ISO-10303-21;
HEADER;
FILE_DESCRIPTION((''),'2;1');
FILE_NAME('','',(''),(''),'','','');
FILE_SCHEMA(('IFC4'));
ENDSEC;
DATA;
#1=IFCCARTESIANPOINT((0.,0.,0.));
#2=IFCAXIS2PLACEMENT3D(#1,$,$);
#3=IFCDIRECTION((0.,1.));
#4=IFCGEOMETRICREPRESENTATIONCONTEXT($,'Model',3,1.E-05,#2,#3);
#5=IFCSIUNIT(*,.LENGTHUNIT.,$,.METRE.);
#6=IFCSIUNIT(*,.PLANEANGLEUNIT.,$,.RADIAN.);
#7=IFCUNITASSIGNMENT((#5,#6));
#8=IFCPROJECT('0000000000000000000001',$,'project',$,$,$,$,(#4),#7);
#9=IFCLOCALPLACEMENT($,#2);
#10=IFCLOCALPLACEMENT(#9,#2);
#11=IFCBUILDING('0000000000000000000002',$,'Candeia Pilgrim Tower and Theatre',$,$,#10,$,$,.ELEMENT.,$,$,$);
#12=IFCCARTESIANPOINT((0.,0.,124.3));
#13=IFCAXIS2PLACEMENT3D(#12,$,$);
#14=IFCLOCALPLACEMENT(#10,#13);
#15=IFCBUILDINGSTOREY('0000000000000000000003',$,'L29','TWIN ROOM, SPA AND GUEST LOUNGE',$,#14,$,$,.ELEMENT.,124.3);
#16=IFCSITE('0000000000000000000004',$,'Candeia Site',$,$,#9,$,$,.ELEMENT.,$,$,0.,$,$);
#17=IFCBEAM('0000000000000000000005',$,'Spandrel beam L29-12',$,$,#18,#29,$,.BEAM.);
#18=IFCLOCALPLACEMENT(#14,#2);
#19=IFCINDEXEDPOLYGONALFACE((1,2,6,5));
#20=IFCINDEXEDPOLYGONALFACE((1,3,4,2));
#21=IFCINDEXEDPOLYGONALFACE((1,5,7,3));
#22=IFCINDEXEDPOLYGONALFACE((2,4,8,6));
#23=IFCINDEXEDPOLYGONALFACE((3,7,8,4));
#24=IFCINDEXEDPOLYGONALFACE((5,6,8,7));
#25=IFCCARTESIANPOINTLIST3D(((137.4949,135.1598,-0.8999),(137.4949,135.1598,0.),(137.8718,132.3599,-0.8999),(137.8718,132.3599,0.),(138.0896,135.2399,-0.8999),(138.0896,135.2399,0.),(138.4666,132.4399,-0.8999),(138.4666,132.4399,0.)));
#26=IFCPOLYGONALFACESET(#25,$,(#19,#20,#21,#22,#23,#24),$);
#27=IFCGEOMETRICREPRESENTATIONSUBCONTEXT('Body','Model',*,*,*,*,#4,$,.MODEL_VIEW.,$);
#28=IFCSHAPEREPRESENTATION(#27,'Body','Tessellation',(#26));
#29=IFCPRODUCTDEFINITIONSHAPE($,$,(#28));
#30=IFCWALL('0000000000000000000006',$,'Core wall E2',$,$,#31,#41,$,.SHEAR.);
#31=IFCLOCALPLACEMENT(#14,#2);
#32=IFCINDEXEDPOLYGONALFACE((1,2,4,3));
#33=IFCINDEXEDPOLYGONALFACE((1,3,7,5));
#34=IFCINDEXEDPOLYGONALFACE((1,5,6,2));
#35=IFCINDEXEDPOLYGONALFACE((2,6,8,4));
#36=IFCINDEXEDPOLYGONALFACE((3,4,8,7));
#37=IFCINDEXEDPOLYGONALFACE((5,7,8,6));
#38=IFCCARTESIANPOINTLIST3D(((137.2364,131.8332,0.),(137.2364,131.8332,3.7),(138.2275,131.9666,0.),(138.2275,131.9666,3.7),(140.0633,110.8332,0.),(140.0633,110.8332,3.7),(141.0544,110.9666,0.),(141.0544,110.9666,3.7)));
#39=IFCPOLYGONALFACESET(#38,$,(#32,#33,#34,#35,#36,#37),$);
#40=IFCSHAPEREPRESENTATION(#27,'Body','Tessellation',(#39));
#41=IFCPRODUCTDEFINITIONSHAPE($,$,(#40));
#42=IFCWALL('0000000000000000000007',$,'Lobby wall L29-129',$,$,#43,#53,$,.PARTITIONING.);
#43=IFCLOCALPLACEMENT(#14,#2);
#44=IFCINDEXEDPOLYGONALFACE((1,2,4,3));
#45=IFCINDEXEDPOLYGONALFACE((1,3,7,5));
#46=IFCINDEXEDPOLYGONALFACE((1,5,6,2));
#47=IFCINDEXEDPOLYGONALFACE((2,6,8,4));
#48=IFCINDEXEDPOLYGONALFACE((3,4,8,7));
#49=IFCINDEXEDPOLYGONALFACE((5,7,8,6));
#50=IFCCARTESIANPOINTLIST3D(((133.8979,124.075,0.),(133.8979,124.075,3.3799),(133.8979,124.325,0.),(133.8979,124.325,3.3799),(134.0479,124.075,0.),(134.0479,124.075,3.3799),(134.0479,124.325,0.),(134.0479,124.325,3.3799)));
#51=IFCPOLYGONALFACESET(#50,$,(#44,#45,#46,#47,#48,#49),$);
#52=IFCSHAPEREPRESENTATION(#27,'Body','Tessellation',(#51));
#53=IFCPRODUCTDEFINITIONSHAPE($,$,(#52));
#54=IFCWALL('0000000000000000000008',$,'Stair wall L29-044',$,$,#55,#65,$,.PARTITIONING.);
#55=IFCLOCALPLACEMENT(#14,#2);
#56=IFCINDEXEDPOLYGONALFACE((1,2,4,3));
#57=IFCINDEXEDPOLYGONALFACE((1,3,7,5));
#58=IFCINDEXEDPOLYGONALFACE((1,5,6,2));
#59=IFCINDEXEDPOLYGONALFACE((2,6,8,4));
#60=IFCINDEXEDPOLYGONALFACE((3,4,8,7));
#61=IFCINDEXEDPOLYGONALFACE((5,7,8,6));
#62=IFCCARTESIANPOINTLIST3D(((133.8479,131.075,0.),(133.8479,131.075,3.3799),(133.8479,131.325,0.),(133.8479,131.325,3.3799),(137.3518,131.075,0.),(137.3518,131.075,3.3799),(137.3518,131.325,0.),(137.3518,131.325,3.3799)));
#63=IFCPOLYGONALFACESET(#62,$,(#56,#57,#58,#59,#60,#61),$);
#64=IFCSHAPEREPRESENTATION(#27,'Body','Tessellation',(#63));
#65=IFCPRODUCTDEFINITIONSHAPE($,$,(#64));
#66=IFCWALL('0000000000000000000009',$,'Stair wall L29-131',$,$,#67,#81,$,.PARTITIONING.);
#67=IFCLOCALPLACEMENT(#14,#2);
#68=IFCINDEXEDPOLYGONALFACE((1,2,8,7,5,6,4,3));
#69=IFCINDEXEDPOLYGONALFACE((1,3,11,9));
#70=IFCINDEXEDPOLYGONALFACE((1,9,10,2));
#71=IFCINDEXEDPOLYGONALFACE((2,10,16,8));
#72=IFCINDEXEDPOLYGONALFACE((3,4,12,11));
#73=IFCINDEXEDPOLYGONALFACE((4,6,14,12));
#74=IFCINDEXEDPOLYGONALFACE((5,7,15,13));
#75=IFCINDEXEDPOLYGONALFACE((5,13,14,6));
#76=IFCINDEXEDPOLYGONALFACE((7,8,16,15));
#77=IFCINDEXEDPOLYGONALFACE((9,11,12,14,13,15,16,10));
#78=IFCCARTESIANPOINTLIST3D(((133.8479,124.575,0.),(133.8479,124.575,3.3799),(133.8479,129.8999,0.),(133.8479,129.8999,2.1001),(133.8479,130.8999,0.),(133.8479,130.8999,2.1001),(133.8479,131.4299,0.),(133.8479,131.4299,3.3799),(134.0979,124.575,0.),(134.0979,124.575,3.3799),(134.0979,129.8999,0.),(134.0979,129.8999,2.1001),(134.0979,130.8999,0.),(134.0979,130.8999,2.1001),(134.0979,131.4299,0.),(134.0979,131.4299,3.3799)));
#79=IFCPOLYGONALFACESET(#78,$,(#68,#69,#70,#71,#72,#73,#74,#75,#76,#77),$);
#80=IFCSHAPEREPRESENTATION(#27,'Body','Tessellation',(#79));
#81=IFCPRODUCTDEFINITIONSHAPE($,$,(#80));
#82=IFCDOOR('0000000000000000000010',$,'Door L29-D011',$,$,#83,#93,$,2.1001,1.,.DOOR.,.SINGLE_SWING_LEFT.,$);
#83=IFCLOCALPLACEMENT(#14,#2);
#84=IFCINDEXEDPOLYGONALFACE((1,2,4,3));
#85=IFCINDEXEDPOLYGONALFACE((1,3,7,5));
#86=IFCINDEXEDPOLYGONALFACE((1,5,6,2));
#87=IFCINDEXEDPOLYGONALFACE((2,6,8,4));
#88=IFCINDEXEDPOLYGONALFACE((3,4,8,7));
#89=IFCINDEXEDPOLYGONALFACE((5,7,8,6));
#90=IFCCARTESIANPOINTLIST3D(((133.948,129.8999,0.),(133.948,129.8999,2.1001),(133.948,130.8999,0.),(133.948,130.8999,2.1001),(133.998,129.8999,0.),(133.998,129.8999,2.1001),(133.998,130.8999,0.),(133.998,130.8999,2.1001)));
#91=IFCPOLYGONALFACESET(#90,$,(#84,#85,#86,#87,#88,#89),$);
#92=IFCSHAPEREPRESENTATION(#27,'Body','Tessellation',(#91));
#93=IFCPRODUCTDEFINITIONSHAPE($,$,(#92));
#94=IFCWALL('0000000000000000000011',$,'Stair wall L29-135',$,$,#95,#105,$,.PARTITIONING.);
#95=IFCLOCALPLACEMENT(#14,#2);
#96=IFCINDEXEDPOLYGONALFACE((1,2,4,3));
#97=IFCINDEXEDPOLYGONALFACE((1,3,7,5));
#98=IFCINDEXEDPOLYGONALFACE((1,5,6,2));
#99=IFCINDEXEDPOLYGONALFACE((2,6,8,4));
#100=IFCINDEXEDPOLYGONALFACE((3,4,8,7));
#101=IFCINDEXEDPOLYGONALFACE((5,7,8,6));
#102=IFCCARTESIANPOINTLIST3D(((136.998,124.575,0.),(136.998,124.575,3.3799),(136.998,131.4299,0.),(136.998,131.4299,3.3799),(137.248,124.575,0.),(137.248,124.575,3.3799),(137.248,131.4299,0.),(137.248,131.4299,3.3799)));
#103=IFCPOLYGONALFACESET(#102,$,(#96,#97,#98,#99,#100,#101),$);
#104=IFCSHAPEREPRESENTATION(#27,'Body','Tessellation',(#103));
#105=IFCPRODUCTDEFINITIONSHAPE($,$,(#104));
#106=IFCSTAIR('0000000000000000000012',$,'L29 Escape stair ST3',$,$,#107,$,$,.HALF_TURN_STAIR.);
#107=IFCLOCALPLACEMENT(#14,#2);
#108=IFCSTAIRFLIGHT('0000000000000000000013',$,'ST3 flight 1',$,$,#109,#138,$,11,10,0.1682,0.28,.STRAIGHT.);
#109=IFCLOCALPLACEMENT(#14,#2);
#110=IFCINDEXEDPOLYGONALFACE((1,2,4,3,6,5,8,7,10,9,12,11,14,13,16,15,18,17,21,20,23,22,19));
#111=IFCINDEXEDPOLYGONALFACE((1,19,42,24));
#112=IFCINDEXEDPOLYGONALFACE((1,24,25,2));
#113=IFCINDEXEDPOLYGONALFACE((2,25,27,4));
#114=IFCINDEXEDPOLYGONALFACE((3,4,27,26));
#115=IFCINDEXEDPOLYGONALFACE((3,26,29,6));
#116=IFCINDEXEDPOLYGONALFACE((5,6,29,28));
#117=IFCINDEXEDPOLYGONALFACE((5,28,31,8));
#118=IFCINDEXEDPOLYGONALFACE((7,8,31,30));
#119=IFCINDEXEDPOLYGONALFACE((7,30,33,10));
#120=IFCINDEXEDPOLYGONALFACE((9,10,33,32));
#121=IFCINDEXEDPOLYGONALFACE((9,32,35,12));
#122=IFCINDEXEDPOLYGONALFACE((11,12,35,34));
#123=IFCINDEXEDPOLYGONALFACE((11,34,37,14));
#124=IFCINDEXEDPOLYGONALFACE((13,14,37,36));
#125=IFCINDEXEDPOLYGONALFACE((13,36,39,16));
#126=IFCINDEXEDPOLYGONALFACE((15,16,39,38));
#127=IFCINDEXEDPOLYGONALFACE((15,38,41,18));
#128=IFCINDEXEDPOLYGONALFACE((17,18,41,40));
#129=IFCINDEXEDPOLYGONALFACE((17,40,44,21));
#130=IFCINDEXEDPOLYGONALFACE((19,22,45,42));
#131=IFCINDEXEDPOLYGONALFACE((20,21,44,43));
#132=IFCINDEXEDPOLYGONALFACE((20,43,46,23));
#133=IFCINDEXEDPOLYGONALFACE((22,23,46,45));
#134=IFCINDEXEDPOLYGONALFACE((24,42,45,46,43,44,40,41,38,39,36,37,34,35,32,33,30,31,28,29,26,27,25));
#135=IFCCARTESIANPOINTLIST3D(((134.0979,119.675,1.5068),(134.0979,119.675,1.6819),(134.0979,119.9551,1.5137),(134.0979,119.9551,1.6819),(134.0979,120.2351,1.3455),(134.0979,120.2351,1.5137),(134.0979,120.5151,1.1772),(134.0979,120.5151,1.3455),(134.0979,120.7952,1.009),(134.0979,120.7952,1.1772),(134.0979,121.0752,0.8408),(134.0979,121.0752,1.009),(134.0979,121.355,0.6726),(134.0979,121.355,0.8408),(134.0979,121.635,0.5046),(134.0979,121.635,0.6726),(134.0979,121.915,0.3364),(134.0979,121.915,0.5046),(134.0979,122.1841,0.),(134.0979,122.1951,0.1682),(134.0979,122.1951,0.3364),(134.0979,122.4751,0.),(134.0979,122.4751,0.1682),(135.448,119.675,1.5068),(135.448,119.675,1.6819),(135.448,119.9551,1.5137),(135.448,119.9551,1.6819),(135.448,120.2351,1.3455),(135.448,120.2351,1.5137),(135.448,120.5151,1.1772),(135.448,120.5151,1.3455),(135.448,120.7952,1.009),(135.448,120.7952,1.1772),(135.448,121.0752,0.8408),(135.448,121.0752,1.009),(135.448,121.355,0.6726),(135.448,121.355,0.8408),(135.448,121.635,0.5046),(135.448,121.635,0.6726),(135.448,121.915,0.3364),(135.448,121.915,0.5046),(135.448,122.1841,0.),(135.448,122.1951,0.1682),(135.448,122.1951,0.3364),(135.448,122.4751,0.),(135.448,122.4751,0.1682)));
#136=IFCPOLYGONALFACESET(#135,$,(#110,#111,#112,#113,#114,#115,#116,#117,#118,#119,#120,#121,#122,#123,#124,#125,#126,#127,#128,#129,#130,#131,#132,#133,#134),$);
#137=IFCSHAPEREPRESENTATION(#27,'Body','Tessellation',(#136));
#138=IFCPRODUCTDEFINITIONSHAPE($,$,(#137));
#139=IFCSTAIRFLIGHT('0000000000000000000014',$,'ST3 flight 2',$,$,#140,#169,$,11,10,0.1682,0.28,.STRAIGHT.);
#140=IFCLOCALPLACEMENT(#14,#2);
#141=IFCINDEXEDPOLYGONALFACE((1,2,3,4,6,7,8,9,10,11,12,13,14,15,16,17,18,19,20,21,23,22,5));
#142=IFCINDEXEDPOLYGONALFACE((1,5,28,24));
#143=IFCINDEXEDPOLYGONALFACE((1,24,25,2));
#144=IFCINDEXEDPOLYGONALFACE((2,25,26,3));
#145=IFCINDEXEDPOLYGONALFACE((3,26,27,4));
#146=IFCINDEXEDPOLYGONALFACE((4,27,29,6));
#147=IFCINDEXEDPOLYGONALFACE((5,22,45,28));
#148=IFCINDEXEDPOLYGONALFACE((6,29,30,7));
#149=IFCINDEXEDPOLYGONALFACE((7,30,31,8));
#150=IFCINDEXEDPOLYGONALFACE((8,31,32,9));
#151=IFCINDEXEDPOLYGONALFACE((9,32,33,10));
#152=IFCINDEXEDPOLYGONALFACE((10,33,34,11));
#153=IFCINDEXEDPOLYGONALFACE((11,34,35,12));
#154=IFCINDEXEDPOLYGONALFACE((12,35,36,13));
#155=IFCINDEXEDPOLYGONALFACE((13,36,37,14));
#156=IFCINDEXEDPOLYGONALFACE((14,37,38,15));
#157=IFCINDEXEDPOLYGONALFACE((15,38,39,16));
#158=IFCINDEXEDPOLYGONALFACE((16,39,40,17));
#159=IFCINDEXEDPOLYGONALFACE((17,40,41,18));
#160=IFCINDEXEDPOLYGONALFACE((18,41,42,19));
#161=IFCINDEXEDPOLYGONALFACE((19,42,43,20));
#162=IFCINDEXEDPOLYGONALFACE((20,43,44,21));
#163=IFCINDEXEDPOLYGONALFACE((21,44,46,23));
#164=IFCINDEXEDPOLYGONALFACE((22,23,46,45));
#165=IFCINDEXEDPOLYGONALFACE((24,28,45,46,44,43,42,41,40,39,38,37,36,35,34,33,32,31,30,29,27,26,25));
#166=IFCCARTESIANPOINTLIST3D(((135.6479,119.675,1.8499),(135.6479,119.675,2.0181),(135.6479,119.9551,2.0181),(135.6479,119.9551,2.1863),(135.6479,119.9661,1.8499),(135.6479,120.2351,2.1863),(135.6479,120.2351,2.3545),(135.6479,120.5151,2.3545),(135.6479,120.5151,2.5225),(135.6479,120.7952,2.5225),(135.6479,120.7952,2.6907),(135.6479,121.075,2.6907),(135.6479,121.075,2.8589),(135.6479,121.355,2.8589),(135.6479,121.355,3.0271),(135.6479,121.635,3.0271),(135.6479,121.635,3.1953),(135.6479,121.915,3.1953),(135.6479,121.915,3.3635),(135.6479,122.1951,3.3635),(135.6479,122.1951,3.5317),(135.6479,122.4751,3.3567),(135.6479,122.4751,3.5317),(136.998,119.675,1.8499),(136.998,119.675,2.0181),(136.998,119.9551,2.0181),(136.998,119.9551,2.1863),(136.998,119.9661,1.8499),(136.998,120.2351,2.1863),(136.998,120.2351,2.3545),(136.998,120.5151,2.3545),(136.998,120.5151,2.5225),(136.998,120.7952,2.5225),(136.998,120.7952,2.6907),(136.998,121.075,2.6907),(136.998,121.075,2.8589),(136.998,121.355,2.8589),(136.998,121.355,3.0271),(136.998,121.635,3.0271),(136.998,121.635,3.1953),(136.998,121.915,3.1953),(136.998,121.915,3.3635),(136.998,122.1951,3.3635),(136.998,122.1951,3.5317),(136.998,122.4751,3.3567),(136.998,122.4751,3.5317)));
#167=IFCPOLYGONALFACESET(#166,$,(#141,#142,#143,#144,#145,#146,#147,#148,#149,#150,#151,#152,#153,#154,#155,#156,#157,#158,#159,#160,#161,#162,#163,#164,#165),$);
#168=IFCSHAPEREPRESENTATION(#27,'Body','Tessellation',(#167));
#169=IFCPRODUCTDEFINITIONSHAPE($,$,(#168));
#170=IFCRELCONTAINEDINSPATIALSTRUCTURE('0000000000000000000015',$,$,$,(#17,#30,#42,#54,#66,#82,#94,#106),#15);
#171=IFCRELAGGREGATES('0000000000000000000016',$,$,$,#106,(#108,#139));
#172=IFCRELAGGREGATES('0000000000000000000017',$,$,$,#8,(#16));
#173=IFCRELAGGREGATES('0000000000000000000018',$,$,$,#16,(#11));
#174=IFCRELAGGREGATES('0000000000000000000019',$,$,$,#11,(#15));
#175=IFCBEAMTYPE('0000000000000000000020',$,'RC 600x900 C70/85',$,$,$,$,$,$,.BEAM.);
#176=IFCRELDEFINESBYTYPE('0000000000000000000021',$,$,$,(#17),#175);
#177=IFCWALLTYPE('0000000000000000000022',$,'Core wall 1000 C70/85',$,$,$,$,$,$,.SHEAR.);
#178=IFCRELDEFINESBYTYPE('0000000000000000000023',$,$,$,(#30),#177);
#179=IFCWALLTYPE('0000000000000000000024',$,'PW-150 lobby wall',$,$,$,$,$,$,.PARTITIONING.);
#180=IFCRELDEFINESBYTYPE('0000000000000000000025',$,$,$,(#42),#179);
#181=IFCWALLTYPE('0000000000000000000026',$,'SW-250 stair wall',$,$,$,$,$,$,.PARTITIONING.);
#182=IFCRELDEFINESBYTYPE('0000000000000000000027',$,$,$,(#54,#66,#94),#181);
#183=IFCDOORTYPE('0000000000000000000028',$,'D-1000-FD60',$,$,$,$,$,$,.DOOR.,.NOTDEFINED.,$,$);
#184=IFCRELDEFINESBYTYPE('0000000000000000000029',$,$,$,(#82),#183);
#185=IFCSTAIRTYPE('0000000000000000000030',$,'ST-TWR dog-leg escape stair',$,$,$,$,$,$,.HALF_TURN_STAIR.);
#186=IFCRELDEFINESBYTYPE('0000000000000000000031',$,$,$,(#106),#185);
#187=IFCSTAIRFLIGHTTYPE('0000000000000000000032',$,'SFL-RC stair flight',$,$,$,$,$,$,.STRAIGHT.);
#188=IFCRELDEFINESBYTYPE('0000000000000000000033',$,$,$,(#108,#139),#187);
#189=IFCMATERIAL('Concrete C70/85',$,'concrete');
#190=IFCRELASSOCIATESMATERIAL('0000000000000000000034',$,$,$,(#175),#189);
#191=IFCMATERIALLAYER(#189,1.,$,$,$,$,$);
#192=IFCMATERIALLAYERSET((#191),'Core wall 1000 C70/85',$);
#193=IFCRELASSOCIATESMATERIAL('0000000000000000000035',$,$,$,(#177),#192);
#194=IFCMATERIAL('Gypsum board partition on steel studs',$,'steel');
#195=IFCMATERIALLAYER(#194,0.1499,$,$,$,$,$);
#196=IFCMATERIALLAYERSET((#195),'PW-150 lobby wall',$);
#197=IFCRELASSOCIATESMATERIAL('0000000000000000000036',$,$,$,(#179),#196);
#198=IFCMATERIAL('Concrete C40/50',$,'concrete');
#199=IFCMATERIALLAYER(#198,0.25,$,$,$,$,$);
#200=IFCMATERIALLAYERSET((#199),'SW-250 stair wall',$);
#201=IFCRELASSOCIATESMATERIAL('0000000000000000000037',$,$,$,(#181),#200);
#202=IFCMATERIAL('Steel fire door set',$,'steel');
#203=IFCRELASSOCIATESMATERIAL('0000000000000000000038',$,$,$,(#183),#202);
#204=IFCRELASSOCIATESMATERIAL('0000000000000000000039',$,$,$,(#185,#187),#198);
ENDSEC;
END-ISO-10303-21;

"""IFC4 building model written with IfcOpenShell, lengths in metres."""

from ifc_helpers import new_model, si_unit, direction, frame, frame_2d, origin, origin_2d, place, context, subcontext, project, spatial, polyline, rectangle, outline, extrude, material, layer, layer_set, material_profile, profile_set, type_object, element, fill, aggregate, save


model = new_model("IFC4")

# Units and contexts
model_context = context("Model", 3, precision=1e-05, world=origin(), true_north=direction((0.0, 1.0)))
body_context = subcontext(model_context, "Body", "Model", "MODEL_VIEW")
ifc_project = project(units=[si_unit("LENGTHUNIT", "METRE"), si_unit("PLANEANGLEUNIT", "RADIAN")], contexts=[model_context])

# Site, building, storey
site_placement = place(None, origin())
site = spatial("IfcSite", under=ifc_project, at=site_placement, Name="Candeia Site", CompositionType="ELEMENT", RefElevation=0.0)
building_placement = place(site_placement, origin())
building = spatial("IfcBuilding", under=site, at=building_placement, Name="Candeia Pilgrim Tower and Theatre", CompositionType="ELEMENT")
storey_placement = place(building_placement, frame((0.0, 0.0, 124.3)))
storey = spatial("IfcBuildingStorey", under=building, at=storey_placement, Name="L29", Description="TWIN ROOM, SPA AND GUEST LOUNGE", CompositionType="ELEMENT", Elevation=124.3)

# Beam
ifc_material_1 = material(Name="Concrete C70/85", Category="concrete")
ifc_material_profile = material_profile(ifc_material_1, rectangle(XDim=0.6001, YDim=0.8999, at=origin_2d()))
ifc_profile_set = profile_set([ifc_material_profile], Name="Concrete C70/85")
beam_type = type_object("IfcBeamType", Name="RC 600x900 C70/85", PredefinedType="BEAM", material=ifc_profile_set)
beam_placement = place(storey_placement, frame((138.1692, 132.3999, -0.45), z_axis=(-0.13342, 0.99106, 0.0), x_axis=(-0.99106, -0.13342, 0.0)))
element("IfcBeam", 1, at=beam_placement, inside=storey, type_object=beam_type, Name="Spandrel beam L29-12", PredefinedType="BEAM", context=body_context, shape_type="SweptSolid", body=[
    extrude(rectangle(XDim=0.6001, YDim=0.8999, at=origin_2d()), origin(), (0.0, 0.0, 1.0), 2.8252),
])

# Wall
ifc_layer_1 = layer(ifc_material_1, 1.0)
ifc_layer_set_1 = layer_set([ifc_layer_1], Name="Core wall 1000 C70/85")
wall_type_1 = type_object("IfcWallType", Name="Core wall 1000 C70/85", PredefinedType="SHEAR", material=ifc_layer_set_1)
wall_1_placement = place(storey_placement, frame((137.7319, 131.8999, 0.0), z_axis=(0.0, 0.0, 1.0), x_axis=(0.133411, -0.991061, 0.0)))
element("IfcWall", 2, at=wall_1_placement, inside=storey, type_object=wall_type_1, Name="Core wall E2", PredefinedType="SHEAR", context=body_context, shape_type="SweptSolid", body=[
    extrude(rectangle(XDim=21.1895, YDim=1.0, at=frame_2d((10.5947, 0.0))), origin(), (0.0, 0.0, 1.0), 3.7),
])

# Walls
ifc_material_2 = material(Name="Gypsum board partition on steel studs", Category="steel")
ifc_layer_2 = layer(ifc_material_2, 0.1499)
ifc_layer_set_2 = layer_set([ifc_layer_2], Name="PW-150 lobby wall")
wall_type_2 = type_object("IfcWallType", Name="PW-150 lobby wall", PredefinedType="PARTITIONING", material=ifc_layer_set_2)
wall_2_placement = place(storey_placement, frame((133.9729, 124.075, 0.0), z_axis=(0.0, 0.0, 1.0), x_axis=(0.0, 1.0, 0.0)))
element("IfcWall", 3, at=wall_2_placement, inside=storey, type_object=wall_type_2, Name="Lobby wall L29-129", PredefinedType="PARTITIONING", context=body_context, shape_type="SweptSolid", body=[
    extrude(rectangle(XDim=0.25, YDim=0.1499, at=frame_2d((0.125, 0.0))), origin(), (0.0, 0.0, 1.0), 3.3799),
])
ifc_material_3 = material(Name="Concrete C40/50", Category="concrete")
ifc_layer_3 = layer(ifc_material_3, 0.25)
ifc_layer_set_3 = layer_set([ifc_layer_3], Name="SW-250 stair wall")
wall_type_3 = type_object("IfcWallType", Name="SW-250 stair wall", PredefinedType="PARTITIONING", material=ifc_layer_set_3)
wall_3_placement = place(storey_placement, frame((133.8479, 131.2, 0.0), z_axis=(0.0, 0.0, 1.0), x_axis=(1.0, 0.0, 0.0)))
element("IfcWall", 4, at=wall_3_placement, inside=storey, type_object=wall_type_3, Name="Stair wall L29-044", PredefinedType="PARTITIONING", context=body_context, shape_type="SweptSolid", body=[
    extrude(rectangle(XDim=3.5039, YDim=0.25, at=frame_2d((1.752, 0.0))), origin(), (0.0, 0.0, 1.0), 3.3799),
])

# Wall, opening, door
wall_4_placement = place(storey_placement, frame((133.9729, 124.575, 0.0), z_axis=(0.0, 0.0, 1.0), x_axis=(0.0, 1.0, 0.0)))
wall_4 = element("IfcWall", 5, at=wall_4_placement, inside=storey, type_object=wall_type_3, Name="Stair wall L29-131", PredefinedType="PARTITIONING", context=body_context, shape_type="SweptSolid", body=[
    extrude(rectangle(XDim=6.855, YDim=0.25, at=frame_2d((3.4275, 0.0))), origin(), (0.0, 0.0, 1.0), 3.3799),
])
opening_1_placement = place(wall_4_placement, frame((5.325, 0.0, 0.0)))
opening_1 = element("IfcOpeningElement", 6, at=opening_1_placement, cuts=wall_4, PredefinedType="OPENING", context=body_context, shape_type="SweptSolid", body=[
    extrude(rectangle(XDim=1.0, YDim=2.1001, at=frame_2d((0.5, 1.05))), frame((0.0, 0.135, 0.0), z_axis=(0.0, -1.0, 0.0), x_axis=(1.0, 0.0, 0.0)), (0.0, 0.0, 1.0), 0.27),
])
ifc_material_4 = material(Name="Steel fire door set", Category="steel")
door_type_1 = type_object("IfcDoorType", Name="D-1000-FD60", OperationType="NOTDEFINED", PredefinedType="DOOR", material=ifc_material_4)
door_1_placement = place(opening_1_placement, origin())
door_1 = element("IfcDoor", 7, at=door_1_placement, inside=storey, type_object=door_type_1, Name="Door L29-D011", OperationType="SINGLE_SWING_LEFT", OverallHeight=2.1001, OverallWidth=1.0, PredefinedType="DOOR", context=body_context, shape_type="SweptSolid", body=[
    extrude(rectangle(XDim=1.0, YDim=2.1001, at=frame_2d((0.5, 1.05))), frame((0.0, 0.0249, 0.0), z_axis=(0.0, -1.0, 0.0), x_axis=(1.0, 0.0, 0.0)), (0.0, 0.0, 1.0), 0.05),
])
fill(opening_1, door_1)

# Wall
wall_5_placement = place(storey_placement, frame((137.123, 124.575, 0.0), z_axis=(0.0, 0.0, 1.0), x_axis=(0.0, 1.0, 0.0)))
element("IfcWall", 8, at=wall_5_placement, inside=storey, type_object=wall_type_3, Name="Stair wall L29-135", PredefinedType="PARTITIONING", context=body_context, shape_type="SweptSolid", body=[
    extrude(rectangle(XDim=6.855, YDim=0.25, at=frame_2d((3.4275, 0.0))), origin(), (0.0, 0.0, 1.0), 3.3799),
])

# Stair, stair flights
stair_type = type_object("IfcStairType", Name="ST-TWR dog-leg escape stair", PredefinedType="HALF_TURN_STAIR", material=ifc_material_3)
stair_1_placement = place(storey_placement, origin())
stair_1 = element("IfcStair", 9, at=stair_1_placement, inside=storey, type_object=stair_type, Name="L29 Escape stair ST3", PredefinedType="HALF_TURN_STAIR")
stair_flight_type = type_object("IfcStairFlightType", Name="SFL-RC stair flight", PredefinedType="STRAIGHT", material=ifc_material_3)
stair_flight_1_placement = place(storey_placement, frame((134.7729, 122.4751, 0.0), z_axis=(0.0, 0.0, 1.0), x_axis=(0.0, -1.0, 0.0)))
stair_flight_1 = element("IfcStairFlight", 10, at=stair_flight_1_placement, type_object=stair_flight_type, Name="ST3 flight 1", NumberOfRisers=11, NumberOfTreads=10, PredefinedType="STRAIGHT", RiserHeight=0.1682, TreadLength=0.28, context=body_context, shape_type="SweptSolid", body=[
    extrude(outline(polyline([(0.0, 0.0), (0.0, 0.1682), (0.28, 0.1682), (0.28, 0.3364), (0.5601, 0.3364), (0.5601, 0.5046), (0.8401, 0.5046), (0.8401, 0.6726), (1.1201, 0.6726), (1.1201, 0.8408), (1.3999, 0.8408), (1.3999, 1.009), (1.6799, 1.009), (1.6799, 1.1772), (1.96, 1.1772), (1.96, 1.3455), (2.24, 1.3455), (2.24, 1.5137), (2.52, 1.5137), (2.52, 1.6819), (2.8, 1.6819), (2.8, 1.8501), (2.8, 1.5068), (0.291, 0.0), (0.0, 0.0)])), frame((0.0, 0.675, 0.0), z_axis=(0.0, -1.0, 0.0), x_axis=(1.0, 0.0, 0.0)), (0.0, 0.0, 1.0), 1.3501),
])
stair_flight_2_placement = place(storey_placement, frame((136.323, 119.675, 1.8499), z_axis=(0.0, 0.0, 1.0), x_axis=(0.0, 1.0, 0.0)))
stair_flight_2 = element("IfcStairFlight", 11, at=stair_flight_2_placement, type_object=stair_flight_type, Name="ST3 flight 2", NumberOfRisers=11, NumberOfTreads=10, PredefinedType="STRAIGHT", RiserHeight=0.1682, TreadLength=0.28, context=body_context, shape_type="SweptSolid", body=[
    extrude(outline(polyline([(0.0, 0.0), (0.0, 0.1682), (0.28, 0.1682), (0.28, 0.3364), (0.5601, 0.3364), (0.5601, 0.5046), (0.8401, 0.5046), (0.8401, 0.6726), (1.1201, 0.6726), (1.1201, 0.8408), (1.3999, 0.8408), (1.3999, 1.009), (1.6799, 1.009), (1.6799, 1.1772), (1.96, 1.1772), (1.96, 1.3455), (2.24, 1.3455), (2.24, 1.5137), (2.52, 1.5137), (2.52, 1.6819), (2.8, 1.6819), (2.8, 1.8501), (2.8, 1.5068), (0.291, 0.0), (0.0, 0.0)])), frame((0.0, 0.675, 0.0), z_axis=(0.0, -1.0, 0.0), x_axis=(1.0, 0.0, 0.0)), (0.0, 0.0, 1.0), 1.3501),
])
aggregate(stair_1, [stair_flight_1, stair_flight_2])

save(model, "model.ifc")
